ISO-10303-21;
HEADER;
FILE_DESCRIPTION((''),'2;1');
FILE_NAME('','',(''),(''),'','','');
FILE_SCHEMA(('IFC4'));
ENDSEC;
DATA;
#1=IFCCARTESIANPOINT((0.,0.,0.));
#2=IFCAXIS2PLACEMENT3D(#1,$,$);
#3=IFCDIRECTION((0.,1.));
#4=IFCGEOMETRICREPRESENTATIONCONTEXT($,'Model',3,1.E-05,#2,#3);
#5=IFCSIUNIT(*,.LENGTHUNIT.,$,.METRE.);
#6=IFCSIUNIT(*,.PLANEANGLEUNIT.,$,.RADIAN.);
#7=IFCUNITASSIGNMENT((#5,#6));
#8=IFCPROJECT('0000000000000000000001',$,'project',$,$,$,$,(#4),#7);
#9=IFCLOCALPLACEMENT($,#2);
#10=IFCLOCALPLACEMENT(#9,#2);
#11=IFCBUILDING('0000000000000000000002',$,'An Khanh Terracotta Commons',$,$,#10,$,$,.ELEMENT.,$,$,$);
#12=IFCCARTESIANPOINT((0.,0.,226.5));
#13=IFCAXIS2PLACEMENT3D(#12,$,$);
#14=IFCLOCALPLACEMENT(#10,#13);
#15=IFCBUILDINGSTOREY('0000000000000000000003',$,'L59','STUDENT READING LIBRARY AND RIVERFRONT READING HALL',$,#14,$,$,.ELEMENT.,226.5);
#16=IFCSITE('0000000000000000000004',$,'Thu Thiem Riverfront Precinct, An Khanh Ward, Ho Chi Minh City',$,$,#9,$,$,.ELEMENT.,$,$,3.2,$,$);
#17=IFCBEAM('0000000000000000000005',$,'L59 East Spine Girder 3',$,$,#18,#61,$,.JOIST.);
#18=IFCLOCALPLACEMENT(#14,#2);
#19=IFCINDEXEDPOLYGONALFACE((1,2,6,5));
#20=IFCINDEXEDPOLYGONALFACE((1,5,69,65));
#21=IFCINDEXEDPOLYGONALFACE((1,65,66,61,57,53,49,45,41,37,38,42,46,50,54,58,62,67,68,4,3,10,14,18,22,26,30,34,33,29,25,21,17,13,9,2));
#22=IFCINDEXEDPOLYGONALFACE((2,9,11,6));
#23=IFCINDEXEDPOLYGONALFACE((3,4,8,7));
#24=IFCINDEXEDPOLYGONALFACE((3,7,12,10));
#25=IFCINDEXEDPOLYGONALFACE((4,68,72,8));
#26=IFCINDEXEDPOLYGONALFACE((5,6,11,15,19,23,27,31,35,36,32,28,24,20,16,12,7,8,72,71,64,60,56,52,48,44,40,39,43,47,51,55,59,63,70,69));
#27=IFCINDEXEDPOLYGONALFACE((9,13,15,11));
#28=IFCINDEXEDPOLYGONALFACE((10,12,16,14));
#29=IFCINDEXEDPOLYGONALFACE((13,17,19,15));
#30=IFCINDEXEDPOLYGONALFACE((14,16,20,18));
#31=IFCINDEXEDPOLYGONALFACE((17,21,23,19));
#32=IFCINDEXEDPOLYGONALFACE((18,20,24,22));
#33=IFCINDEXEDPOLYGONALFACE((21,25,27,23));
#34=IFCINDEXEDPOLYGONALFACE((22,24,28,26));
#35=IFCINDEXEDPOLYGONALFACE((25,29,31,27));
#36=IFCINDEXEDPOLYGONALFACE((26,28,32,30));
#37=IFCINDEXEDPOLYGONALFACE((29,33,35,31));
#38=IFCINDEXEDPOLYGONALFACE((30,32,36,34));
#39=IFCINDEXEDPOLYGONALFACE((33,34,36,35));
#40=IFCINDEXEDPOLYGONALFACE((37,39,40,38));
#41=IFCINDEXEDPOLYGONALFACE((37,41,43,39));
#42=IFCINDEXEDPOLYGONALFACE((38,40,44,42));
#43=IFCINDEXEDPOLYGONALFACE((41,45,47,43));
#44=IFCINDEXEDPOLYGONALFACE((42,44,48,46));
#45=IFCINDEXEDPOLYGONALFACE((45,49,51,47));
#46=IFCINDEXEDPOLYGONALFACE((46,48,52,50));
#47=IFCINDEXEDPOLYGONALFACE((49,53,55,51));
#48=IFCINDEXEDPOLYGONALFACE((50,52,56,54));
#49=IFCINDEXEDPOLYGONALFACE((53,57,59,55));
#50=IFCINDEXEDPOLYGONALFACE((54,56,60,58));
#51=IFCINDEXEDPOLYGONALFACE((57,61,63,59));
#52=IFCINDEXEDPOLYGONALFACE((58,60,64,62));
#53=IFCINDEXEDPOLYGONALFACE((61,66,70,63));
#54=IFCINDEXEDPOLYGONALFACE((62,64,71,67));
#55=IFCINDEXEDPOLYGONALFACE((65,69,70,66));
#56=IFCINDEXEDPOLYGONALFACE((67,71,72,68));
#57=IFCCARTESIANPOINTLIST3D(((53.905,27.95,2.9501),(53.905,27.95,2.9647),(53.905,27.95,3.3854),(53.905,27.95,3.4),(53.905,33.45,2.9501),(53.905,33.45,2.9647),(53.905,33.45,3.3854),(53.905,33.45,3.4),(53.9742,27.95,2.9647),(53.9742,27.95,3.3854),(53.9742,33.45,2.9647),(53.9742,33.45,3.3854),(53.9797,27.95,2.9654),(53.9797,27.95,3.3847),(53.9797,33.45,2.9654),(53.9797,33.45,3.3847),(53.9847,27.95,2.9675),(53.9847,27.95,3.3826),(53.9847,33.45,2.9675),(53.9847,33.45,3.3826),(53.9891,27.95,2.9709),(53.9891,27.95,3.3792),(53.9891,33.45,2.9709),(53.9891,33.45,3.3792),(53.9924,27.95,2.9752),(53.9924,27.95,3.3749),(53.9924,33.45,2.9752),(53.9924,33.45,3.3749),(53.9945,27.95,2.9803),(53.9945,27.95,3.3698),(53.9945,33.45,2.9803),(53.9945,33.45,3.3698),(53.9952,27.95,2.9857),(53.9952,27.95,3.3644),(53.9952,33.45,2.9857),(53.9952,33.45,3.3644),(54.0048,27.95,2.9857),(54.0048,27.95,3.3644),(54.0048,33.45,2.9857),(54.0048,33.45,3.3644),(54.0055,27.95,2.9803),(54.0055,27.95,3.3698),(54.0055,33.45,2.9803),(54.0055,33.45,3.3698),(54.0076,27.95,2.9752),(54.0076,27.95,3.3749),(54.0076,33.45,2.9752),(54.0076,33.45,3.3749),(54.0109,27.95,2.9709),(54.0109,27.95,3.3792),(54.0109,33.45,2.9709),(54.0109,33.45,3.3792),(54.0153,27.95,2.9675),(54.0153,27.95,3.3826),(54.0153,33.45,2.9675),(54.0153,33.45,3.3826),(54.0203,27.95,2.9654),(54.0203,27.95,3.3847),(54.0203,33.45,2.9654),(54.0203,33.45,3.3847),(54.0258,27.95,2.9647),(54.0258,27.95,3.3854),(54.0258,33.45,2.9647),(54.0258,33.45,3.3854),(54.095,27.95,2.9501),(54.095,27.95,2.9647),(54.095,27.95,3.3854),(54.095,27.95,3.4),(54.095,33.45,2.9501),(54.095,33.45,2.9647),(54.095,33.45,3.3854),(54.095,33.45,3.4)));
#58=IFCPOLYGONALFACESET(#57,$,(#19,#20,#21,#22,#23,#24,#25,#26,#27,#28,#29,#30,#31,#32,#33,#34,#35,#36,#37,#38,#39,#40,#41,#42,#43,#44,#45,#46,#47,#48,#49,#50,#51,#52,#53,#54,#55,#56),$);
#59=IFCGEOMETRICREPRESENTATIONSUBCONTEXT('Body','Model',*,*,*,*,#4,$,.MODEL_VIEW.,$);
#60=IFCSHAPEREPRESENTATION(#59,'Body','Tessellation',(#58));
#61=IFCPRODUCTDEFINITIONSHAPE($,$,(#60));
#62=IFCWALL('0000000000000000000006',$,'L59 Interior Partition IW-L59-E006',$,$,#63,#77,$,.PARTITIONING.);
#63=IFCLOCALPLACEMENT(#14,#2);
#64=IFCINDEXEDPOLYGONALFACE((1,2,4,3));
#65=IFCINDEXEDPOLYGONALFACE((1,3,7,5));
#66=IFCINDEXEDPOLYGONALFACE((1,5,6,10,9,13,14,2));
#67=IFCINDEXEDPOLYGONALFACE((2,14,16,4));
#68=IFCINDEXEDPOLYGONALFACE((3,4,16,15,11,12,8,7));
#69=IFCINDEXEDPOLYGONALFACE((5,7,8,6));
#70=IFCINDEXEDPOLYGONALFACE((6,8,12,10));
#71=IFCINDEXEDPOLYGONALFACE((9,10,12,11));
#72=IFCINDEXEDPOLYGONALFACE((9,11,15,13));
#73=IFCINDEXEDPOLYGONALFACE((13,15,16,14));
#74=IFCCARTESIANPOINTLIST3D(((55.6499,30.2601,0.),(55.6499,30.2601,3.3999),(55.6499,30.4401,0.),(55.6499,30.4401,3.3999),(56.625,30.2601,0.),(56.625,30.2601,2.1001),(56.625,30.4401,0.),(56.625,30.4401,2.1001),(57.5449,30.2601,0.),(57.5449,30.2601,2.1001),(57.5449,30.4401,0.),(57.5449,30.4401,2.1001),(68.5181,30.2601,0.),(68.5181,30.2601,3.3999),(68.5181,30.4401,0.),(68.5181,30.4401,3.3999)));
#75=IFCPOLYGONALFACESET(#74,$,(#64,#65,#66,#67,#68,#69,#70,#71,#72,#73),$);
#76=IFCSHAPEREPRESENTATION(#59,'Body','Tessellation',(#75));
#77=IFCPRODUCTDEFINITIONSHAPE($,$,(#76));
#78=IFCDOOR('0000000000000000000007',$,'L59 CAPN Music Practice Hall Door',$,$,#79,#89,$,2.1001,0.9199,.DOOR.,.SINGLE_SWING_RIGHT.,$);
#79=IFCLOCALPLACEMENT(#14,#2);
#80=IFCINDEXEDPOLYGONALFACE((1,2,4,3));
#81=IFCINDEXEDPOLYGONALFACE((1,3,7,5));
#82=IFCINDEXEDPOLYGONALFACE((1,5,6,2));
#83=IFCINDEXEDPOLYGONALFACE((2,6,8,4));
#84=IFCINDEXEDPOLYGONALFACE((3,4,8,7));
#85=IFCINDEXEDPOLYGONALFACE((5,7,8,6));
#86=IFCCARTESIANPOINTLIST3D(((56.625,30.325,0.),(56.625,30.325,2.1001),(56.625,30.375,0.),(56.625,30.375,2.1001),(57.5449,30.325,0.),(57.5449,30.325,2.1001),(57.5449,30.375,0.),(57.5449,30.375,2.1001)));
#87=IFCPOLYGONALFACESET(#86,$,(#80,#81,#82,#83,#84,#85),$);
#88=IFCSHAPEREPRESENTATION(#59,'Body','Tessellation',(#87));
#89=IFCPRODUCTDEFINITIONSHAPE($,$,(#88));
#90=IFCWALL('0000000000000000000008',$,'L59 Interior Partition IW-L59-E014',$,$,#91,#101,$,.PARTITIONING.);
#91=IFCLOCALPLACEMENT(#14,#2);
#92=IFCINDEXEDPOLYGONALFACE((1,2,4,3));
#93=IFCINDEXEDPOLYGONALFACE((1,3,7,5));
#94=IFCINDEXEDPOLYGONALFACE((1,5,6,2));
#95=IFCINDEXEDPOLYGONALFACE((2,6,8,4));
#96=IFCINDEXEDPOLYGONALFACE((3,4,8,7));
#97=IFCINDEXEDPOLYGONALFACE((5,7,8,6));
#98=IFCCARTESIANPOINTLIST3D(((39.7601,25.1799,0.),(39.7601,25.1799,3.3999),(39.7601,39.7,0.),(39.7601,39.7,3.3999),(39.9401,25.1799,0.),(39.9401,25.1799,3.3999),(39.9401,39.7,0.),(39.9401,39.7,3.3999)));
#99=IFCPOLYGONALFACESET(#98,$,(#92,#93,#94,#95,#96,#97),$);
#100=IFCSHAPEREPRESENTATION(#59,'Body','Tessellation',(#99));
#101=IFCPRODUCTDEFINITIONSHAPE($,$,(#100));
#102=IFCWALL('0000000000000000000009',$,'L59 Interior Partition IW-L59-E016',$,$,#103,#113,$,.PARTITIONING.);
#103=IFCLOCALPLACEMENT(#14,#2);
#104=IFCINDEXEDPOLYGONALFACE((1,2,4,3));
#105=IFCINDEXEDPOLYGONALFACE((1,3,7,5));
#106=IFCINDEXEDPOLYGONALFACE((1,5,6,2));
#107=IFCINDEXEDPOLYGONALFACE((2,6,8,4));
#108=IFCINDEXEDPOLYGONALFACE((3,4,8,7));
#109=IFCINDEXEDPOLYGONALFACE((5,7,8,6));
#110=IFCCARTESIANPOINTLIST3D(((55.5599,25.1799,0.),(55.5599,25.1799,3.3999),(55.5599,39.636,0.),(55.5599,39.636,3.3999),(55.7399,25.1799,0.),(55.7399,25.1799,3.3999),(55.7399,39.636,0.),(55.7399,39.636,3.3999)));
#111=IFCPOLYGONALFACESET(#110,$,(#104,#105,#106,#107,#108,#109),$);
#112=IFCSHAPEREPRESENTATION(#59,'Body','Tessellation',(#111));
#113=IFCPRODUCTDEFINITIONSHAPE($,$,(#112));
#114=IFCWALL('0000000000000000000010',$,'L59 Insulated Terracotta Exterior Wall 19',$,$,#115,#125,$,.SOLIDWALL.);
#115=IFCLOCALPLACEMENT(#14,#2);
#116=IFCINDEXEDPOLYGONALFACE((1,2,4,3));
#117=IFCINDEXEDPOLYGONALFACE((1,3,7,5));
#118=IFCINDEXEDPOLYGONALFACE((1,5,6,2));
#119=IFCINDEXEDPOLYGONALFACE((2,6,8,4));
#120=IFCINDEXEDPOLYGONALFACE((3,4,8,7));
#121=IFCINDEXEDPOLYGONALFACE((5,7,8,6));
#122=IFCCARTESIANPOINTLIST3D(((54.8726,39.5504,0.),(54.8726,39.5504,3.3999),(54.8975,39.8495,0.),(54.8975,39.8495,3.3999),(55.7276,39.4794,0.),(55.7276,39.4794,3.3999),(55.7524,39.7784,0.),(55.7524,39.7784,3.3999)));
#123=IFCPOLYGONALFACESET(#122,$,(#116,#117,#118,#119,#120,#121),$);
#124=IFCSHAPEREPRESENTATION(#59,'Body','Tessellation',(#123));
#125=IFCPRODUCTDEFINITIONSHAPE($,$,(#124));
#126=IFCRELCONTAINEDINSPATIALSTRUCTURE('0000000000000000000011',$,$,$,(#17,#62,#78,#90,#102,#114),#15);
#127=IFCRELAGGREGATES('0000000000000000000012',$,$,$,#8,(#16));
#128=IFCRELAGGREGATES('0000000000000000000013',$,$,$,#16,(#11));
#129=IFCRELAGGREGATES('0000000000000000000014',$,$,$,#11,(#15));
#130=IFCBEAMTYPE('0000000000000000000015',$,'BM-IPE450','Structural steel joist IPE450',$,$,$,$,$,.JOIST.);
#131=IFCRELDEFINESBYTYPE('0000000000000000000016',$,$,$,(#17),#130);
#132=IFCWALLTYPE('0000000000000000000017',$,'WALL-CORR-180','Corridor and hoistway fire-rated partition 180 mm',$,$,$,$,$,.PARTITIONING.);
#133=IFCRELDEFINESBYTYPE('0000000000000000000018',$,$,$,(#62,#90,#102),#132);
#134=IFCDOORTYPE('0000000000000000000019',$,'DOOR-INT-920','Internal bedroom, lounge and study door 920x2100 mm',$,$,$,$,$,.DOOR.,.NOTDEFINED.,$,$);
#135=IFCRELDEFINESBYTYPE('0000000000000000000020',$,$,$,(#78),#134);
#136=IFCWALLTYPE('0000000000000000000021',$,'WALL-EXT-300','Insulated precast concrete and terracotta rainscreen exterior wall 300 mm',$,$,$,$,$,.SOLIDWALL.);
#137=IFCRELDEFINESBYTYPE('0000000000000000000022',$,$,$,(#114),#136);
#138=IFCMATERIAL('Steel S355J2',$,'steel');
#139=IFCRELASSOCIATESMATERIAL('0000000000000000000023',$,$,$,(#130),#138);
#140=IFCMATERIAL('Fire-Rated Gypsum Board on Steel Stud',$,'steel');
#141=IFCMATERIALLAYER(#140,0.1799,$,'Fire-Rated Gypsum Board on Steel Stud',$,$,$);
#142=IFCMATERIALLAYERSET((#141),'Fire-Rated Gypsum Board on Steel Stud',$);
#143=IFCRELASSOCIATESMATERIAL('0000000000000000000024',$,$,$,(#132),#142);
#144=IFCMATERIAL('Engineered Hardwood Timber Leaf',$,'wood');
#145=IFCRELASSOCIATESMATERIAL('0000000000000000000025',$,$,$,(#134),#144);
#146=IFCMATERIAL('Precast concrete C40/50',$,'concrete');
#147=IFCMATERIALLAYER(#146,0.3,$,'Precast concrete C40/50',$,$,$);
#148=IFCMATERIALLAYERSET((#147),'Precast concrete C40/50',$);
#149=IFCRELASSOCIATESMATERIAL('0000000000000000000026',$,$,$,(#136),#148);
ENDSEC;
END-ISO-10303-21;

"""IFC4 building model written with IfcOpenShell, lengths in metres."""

from ifc_helpers import new_model, si_unit, direction, frame, frame_2d, origin, origin_2d, place, context, subcontext, project, spatial, rectangle, i_section, extrude, material, layer, layer_set, material_profile, profile_set, type_object, element, fill, save


model = new_model("IFC4")

# Units and contexts
model_context = context("Model", 3, precision=1e-05, world=origin(), true_north=direction((0.0, 1.0)))
body_context = subcontext(model_context, "Body", "Model", "MODEL_VIEW")
ifc_project = project(units=[si_unit("LENGTHUNIT", "METRE"), si_unit("PLANEANGLEUNIT", "RADIAN")], contexts=[model_context])

# Site, building, storey
site_placement = place(None, origin())
site = spatial("IfcSite", under=ifc_project, at=site_placement, Name="Thu Thiem Riverfront Precinct, An Khanh Ward, Ho Chi Minh City", CompositionType="ELEMENT", RefElevation=3.2)
building_placement = place(site_placement, origin())
building = spatial("IfcBuilding", under=site, at=building_placement, Name="An Khanh Terracotta Commons", CompositionType="ELEMENT")
storey_placement = place(building_placement, frame((0.0, 0.0, 226.5)))
storey = spatial("IfcBuildingStorey", under=building, at=storey_placement, Name="L59", Description="STUDENT READING LIBRARY AND RIVERFRONT READING HALL", CompositionType="ELEMENT", Elevation=226.5)

# Beam
ifc_material_1 = material(Name="Steel S355J2", Category="steel")
ifc_material_profile_1 = material_profile(ifc_material_1, i_section(OverallWidth=0.1899, OverallDepth=0.45, WebThickness=0.0095, FlangeThickness=0.0146, FilletRadius=0.021, at=origin_2d()), Name="IPE450")
ifc_profile_set_1 = profile_set([ifc_material_profile_1], Name="Steel S355J2")
beam_type_1 = type_object("IfcBeamType", Name="BM-IPE450", Description="Structural steel joist IPE450", PredefinedType="JOIST", material=ifc_profile_set_1)
beam_1_placement = place(storey_placement, frame((54.0, 27.95, 3.175), z_axis=(0.0, 1.0, 0.0), x_axis=(-1.0, 0.0, 0.0)))
element("IfcBeam", 1, at=beam_1_placement, inside=storey, type_object=beam_type_1, Name="L59 East Spine Girder 3", PredefinedType="JOIST", context=body_context, shape_type="SweptSolid", body=[
    extrude(i_section(OverallWidth=0.1899, OverallDepth=0.45, WebThickness=0.0095, FlangeThickness=0.0146, FilletRadius=0.021, at=origin_2d()), origin(), (0.0, 0.0, 1.0), 5.5),
])

# Wall, opening, door
ifc_material_2 = material(Name="Fire-Rated Gypsum Board on Steel Stud", Category="steel")
ifc_layer_1 = layer(ifc_material_2, 0.1799, Name="Fire-Rated Gypsum Board on Steel Stud")
ifc_layer_set_1 = layer_set([ifc_layer_1], Name="Fire-Rated Gypsum Board on Steel Stud")
wall_type_1 = type_object("IfcWallType", Name="WALL-CORR-180", Description="Corridor and hoistway fire-rated partition 180 mm", PredefinedType="PARTITIONING", material=ifc_layer_set_1)
wall_1_placement = place(storey_placement, frame((55.6499, 30.3501, 0.0), z_axis=(0.0, 0.0, 1.0), x_axis=(1.0, 0.0, 0.0)))
wall_1 = element("IfcWall", 2, at=wall_1_placement, inside=storey, type_object=wall_type_1, Name="L59 Interior Partition IW-L59-E006", PredefinedType="PARTITIONING", context=body_context, shape_type="SweptSolid", body=[
    extrude(rectangle(XDim=12.8682, YDim=0.1799, at=frame_2d((6.4341, 0.0))), origin(), (0.0, 0.0, 1.0), 3.3999),
])
opening_1_placement = place(wall_1_placement, frame((0.9751, 0.0, 0.0)))
opening_1 = element("IfcOpeningElement", 3, at=opening_1_placement, cuts=wall_1, PredefinedType="OPENING", context=body_context, shape_type="SweptSolid", body=[
    extrude(rectangle(XDim=0.9199, YDim=2.1001, at=frame_2d((0.46, 1.05))), frame((0.0, 0.0999, 0.0), z_axis=(0.0, -1.0, 0.0), x_axis=(1.0, 0.0, 0.0)), (0.0, 0.0, 1.0), 0.2),
])
ifc_material_3 = material(Name="Engineered Hardwood Timber Leaf", Category="wood")
door_type_1 = type_object("IfcDoorType", Name="DOOR-INT-920", Description="Internal bedroom, lounge and study door 920x2100 mm", OperationType="NOTDEFINED", PredefinedType="DOOR", material=ifc_material_3)
door_1_placement = place(opening_1_placement, origin())
door_1 = element("IfcDoor", 4, at=door_1_placement, inside=storey, type_object=door_type_1, Name="L59 CAPN Music Practice Hall Door", OperationType="SINGLE_SWING_RIGHT", OverallHeight=2.1001, OverallWidth=0.9199, PredefinedType="DOOR", context=body_context, shape_type="SweptSolid", body=[
    extrude(rectangle(XDim=0.9199, YDim=2.1001, at=frame_2d((0.46, 1.05))), frame((0.0, 0.0249, 0.0), z_axis=(0.0, -1.0, 0.0), x_axis=(1.0, 0.0, 0.0)), (0.0, 0.0, 1.0), 0.05),
])
fill(opening_1, door_1)

# Walls
wall_2_placement = place(storey_placement, frame((39.8501, 25.1799, 0.0), z_axis=(0.0, 0.0, 1.0), x_axis=(0.0, 1.0, 0.0)))
element("IfcWall", 5, at=wall_2_placement, inside=storey, type_object=wall_type_1, Name="L59 Interior Partition IW-L59-E014", PredefinedType="PARTITIONING", context=body_context, shape_type="SweptSolid", body=[
    extrude(rectangle(XDim=14.52, YDim=0.1799, at=frame_2d((7.26, 0.0))), origin(), (0.0, 0.0, 1.0), 3.3999),
])
wall_3_placement = place(storey_placement, frame((55.6499, 25.1799, 0.0), z_axis=(0.0, 0.0, 1.0), x_axis=(0.0, 1.0, 0.0)))
element("IfcWall", 6, at=wall_3_placement, inside=storey, type_object=wall_type_1, Name="L59 Interior Partition IW-L59-E016", PredefinedType="PARTITIONING", context=body_context, shape_type="SweptSolid", body=[
    extrude(rectangle(XDim=14.4561, YDim=0.1799, at=frame_2d((7.228, 0.0))), origin(), (0.0, 0.0, 1.0), 3.3999),
])
ifc_material_4 = material(Name="Precast concrete C40/50", Category="concrete")
ifc_layer_2 = layer(ifc_material_4, 0.3, Name="Precast concrete C40/50")
ifc_layer_set_2 = layer_set([ifc_layer_2], Name="Precast concrete C40/50")
wall_type_2 = type_object("IfcWallType", Name="WALL-EXT-300", Description="Insulated precast concrete and terracotta rainscreen exterior wall 300 mm", PredefinedType="SOLIDWALL", material=ifc_layer_set_2)
wall_4_placement = place(storey_placement, frame((55.74, 39.6289, 0.0), z_axis=(0.0, 0.0, 1.0), x_axis=(-0.996565, 0.08281, 0.0)))
element("IfcWall", 7, at=wall_4_placement, inside=storey, type_object=wall_type_2, Name="L59 Insulated Terracotta Exterior Wall 19", PredefinedType="SOLIDWALL", context=body_context, shape_type="SweptSolid", body=[
    extrude(rectangle(XDim=0.8579, YDim=0.3, at=frame_2d((0.429, 0.0))), origin(), (0.0, 0.0, 1.0), 3.3999),
])

save(model, "model.ifc")
